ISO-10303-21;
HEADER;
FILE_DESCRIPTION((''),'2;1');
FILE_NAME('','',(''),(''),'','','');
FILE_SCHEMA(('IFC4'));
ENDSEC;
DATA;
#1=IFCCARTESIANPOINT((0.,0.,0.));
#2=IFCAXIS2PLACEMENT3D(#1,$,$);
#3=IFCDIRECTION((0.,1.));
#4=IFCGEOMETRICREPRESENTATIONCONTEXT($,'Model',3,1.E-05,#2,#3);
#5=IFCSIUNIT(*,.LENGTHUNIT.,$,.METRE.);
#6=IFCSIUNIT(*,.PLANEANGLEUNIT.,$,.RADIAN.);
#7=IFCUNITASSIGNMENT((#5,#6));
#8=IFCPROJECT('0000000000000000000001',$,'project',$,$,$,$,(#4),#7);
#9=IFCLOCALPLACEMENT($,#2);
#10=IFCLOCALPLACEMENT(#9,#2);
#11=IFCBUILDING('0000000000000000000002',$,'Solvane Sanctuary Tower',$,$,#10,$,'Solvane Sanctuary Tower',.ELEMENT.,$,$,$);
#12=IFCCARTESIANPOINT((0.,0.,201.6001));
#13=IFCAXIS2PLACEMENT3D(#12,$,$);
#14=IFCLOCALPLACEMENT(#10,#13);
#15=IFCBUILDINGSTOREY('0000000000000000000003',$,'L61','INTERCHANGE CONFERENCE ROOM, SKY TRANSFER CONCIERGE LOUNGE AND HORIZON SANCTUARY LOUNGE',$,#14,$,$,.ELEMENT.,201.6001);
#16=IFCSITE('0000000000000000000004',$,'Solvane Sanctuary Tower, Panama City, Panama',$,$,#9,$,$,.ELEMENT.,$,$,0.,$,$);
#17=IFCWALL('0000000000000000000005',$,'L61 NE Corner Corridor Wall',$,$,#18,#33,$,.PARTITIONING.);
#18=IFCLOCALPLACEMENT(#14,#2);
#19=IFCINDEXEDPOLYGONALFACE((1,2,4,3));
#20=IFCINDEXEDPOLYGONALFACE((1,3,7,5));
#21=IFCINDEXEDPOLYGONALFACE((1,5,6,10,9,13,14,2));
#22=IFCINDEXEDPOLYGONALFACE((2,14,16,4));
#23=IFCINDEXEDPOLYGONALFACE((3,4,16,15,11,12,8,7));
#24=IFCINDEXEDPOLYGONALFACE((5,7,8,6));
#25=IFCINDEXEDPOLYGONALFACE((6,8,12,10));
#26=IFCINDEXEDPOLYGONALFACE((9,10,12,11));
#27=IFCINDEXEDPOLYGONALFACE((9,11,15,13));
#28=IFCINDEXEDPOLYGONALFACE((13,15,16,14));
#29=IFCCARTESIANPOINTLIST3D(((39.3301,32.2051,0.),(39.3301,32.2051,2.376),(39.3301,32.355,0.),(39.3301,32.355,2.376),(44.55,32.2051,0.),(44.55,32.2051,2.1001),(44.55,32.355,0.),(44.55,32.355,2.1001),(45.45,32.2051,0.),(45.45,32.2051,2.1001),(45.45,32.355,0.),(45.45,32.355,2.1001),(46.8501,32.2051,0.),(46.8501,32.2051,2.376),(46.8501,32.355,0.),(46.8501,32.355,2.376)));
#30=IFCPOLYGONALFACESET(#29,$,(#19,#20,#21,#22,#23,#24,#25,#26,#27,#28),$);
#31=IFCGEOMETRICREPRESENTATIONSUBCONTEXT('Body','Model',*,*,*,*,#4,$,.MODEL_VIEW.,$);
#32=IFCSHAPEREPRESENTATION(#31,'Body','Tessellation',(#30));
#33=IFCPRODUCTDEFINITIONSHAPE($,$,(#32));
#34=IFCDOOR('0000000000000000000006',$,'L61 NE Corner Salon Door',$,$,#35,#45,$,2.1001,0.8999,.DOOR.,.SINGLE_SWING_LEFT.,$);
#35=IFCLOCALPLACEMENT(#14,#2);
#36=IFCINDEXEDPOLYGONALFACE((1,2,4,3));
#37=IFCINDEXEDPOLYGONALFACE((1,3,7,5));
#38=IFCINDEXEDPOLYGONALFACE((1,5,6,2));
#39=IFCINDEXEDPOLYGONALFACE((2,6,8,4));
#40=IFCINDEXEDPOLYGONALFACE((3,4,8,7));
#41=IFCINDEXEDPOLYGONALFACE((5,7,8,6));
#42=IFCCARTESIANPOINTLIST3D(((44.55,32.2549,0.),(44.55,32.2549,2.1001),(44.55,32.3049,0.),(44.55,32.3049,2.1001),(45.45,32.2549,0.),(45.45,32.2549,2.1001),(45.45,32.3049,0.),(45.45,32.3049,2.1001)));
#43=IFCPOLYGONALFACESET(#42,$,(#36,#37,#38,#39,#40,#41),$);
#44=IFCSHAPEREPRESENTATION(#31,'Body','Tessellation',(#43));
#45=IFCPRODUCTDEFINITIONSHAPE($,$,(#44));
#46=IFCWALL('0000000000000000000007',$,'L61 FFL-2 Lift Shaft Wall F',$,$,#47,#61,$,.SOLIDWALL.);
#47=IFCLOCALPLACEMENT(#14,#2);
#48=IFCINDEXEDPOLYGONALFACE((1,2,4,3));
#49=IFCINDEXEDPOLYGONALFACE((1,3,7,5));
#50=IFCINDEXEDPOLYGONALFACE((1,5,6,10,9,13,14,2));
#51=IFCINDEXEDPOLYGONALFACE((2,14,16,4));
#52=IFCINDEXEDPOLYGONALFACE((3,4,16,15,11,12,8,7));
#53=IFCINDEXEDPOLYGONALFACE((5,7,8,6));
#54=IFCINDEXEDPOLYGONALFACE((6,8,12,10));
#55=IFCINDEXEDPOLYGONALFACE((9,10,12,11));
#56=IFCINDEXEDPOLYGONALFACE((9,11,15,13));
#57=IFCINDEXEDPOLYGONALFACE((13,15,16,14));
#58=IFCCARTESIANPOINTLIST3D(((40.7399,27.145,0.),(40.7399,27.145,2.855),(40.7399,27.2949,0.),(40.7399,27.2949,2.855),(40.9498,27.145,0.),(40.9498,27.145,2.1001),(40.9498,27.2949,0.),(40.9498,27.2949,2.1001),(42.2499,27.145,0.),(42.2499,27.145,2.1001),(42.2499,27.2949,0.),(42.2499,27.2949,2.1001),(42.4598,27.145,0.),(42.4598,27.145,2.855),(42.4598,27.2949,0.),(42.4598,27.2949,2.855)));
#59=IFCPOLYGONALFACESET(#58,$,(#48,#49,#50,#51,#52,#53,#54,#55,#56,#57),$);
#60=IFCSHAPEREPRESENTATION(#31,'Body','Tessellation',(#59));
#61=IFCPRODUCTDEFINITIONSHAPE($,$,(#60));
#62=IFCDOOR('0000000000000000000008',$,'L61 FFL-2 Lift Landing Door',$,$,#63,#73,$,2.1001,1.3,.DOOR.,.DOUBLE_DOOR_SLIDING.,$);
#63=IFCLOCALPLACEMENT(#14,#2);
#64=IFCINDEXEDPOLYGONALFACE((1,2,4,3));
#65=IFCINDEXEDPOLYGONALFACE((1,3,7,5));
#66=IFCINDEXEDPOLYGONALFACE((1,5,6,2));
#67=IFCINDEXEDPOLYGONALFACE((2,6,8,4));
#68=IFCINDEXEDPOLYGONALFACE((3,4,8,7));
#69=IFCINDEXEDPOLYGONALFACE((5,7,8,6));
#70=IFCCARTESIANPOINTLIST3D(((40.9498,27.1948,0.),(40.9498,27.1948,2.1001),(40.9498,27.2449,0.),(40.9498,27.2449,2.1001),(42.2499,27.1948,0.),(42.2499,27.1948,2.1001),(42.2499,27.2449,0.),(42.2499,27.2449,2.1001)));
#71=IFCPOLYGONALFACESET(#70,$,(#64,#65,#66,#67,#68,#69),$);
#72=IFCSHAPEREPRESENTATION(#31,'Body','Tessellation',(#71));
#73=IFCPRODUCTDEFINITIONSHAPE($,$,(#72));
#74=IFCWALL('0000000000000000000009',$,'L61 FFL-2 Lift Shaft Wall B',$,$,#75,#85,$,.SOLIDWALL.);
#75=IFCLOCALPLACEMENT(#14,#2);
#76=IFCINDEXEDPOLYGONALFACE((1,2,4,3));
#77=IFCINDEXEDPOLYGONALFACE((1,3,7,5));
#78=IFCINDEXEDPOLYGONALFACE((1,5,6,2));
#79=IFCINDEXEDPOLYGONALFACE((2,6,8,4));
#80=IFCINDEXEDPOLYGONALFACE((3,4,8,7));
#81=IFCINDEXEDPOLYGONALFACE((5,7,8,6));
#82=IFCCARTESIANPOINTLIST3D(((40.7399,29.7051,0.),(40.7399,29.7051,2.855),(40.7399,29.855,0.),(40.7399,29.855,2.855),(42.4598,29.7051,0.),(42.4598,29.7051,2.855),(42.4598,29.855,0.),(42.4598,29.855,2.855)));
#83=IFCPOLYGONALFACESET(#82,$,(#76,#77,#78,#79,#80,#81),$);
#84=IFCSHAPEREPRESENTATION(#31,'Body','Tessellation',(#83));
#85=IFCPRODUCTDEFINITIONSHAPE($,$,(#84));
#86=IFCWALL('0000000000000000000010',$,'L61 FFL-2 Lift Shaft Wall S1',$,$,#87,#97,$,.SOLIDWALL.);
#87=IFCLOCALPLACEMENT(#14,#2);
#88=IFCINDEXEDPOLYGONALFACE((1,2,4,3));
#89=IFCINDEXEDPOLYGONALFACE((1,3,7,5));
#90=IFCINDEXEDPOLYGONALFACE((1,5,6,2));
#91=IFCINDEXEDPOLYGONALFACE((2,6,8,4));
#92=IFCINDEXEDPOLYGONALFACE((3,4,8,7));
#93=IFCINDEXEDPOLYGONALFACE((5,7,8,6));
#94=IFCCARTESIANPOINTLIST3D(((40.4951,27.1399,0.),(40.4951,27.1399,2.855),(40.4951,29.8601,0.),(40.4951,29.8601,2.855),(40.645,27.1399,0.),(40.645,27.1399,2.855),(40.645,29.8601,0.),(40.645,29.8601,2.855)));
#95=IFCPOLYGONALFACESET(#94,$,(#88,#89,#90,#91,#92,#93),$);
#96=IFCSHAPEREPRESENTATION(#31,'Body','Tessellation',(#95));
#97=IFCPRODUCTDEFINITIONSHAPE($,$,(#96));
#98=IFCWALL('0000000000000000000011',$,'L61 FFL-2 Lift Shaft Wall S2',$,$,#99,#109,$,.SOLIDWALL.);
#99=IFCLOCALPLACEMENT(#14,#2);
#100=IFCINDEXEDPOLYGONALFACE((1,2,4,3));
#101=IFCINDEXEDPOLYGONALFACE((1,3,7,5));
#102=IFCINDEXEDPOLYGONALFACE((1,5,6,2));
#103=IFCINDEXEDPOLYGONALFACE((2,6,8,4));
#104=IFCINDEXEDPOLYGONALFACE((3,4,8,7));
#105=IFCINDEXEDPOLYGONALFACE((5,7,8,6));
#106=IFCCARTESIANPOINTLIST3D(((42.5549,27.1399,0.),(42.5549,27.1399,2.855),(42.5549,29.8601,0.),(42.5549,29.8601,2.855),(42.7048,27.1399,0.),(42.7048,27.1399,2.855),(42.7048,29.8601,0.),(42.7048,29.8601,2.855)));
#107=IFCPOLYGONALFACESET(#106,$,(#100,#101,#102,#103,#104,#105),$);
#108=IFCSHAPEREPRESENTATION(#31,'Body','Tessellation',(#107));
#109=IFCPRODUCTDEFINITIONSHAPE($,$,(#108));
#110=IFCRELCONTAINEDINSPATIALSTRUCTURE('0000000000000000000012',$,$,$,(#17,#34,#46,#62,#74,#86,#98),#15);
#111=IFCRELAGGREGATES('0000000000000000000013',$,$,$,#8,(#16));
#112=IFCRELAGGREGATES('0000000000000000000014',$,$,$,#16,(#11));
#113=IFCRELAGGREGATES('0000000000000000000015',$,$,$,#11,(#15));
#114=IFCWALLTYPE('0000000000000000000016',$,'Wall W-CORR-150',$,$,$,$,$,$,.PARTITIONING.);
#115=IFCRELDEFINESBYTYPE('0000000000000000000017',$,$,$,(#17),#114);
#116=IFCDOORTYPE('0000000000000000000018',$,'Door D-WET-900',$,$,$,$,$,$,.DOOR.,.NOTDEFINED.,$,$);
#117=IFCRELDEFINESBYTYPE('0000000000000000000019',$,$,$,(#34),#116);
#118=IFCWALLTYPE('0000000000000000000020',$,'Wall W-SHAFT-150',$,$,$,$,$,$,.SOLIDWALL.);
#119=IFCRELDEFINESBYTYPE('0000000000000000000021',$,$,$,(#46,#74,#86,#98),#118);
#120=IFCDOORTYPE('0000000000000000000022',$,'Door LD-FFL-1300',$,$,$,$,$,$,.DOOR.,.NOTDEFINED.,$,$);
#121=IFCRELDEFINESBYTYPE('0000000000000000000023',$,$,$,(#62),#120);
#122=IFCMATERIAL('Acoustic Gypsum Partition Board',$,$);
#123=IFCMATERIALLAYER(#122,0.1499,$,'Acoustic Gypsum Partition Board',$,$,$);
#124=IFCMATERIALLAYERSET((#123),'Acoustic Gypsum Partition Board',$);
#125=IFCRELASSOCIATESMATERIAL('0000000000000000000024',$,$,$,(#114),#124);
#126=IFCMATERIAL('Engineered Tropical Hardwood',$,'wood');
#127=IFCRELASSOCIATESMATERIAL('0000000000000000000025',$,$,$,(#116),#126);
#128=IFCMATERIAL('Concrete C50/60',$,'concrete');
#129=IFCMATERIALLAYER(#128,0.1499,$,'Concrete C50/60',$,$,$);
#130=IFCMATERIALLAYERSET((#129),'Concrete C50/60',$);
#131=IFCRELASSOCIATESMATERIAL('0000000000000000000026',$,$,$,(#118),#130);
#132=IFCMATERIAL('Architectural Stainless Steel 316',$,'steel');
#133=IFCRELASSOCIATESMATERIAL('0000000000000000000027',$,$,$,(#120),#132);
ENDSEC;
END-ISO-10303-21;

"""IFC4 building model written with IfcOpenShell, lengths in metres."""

from ifc_helpers import new_model, si_unit, direction, frame, frame_2d, origin, place, context, subcontext, project, spatial, rectangle, extrude, material, layer, layer_set, type_object, element, fill, save


model = new_model("IFC4")

# Units and contexts
model_context = context("Model", 3, precision=1e-05, world=origin(), true_north=direction((0.0, 1.0)))
body_context = subcontext(model_context, "Body", "Model", "MODEL_VIEW")
ifc_project = project(units=[si_unit("LENGTHUNIT", "METRE"), si_unit("PLANEANGLEUNIT", "RADIAN")], contexts=[model_context])

# Site, building, storey
site_placement = place(None, origin())
site = spatial("IfcSite", under=ifc_project, at=site_placement, Name="Solvane Sanctuary Tower, Panama City, Panama", CompositionType="ELEMENT", RefElevation=0.0)
building_placement = place(site_placement, origin())
building = spatial("IfcBuilding", under=site, at=building_placement, Name="Solvane Sanctuary Tower", LongName="Solvane Sanctuary Tower", CompositionType="ELEMENT")
storey_placement = place(building_placement, frame((0.0, 0.0, 201.6001)))
storey = spatial("IfcBuildingStorey", under=building, at=storey_placement, Name="L61", Description="INTERCHANGE CONFERENCE ROOM, SKY TRANSFER CONCIERGE LOUNGE AND HORIZON SANCTUARY LOUNGE", CompositionType="ELEMENT", Elevation=201.6001)

# Shared definitions
ifc_material_1 = material(Name="Concrete C50/60", Category="concrete")

# Shared definitions
ifc_material_2 = material(Name="Acoustic Gypsum Partition Board")
ifc_layer_1 = layer(ifc_material_2, 0.1499, Name="Acoustic Gypsum Partition Board")
ifc_layer_set_1 = layer_set([ifc_layer_1], Name="Acoustic Gypsum Partition Board")
wall_type_1 = type_object("IfcWallType", Name="Wall W-CORR-150", PredefinedType="PARTITIONING", material=ifc_layer_set_1)

# Walls, openings, doors
ifc_material_3 = material(Name="Architectural Stainless Steel 316", Category="steel")
wall_1_placement = place(storey_placement, frame((39.3301, 32.28, 0.0), z_axis=(0.0, 0.0, 1.0), x_axis=(1.0, 0.0, 0.0)))
wall_1 = element("IfcWall", 1, at=wall_1_placement, inside=storey, type_object=wall_type_1, Name="L61 NE Corner Corridor Wall", PredefinedType="PARTITIONING", context=body_context, shape_type="SweptSolid", body=[
    extrude(rectangle(XDim=7.52, YDim=0.1499, at=frame_2d((3.76, 0.0))), origin(), (0.0, 0.0, 1.0), 2.376),
])
opening_1_placement = place(wall_1_placement, frame((5.22, 0.0, 0.0)))
opening_1 = element("IfcOpeningElement", 2, at=opening_1_placement, cuts=wall_1, PredefinedType="OPENING", context=body_context, shape_type="SweptSolid", body=[
    extrude(rectangle(XDim=0.8999, YDim=2.1001, at=frame_2d((0.45, 1.05))), frame((0.0, 0.085, 0.0), z_axis=(0.0, -1.0, 0.0), x_axis=(1.0, 0.0, 0.0)), (0.0, 0.0, 1.0), 0.1699),
])
ifc_material_4 = material(Name="Engineered Tropical Hardwood", Category="wood")
door_type_1 = type_object("IfcDoorType", Name="Door D-WET-900", OperationType="NOTDEFINED", PredefinedType="DOOR", material=ifc_material_4)
door_1_placement = place(opening_1_placement, origin())
door_1 = element("IfcDoor", 3, at=door_1_placement, inside=storey, type_object=door_type_1, Name="L61 NE Corner Salon Door", OperationType="SINGLE_SWING_LEFT", OverallHeight=2.1001, OverallWidth=0.8999, PredefinedType="DOOR", context=body_context, shape_type="SweptSolid", body=[
    extrude(rectangle(XDim=0.8999, YDim=2.1001, at=frame_2d((0.45, 1.05))), frame((0.0, 0.0249, 0.0), z_axis=(0.0, -1.0, 0.0), x_axis=(1.0, 0.0, 0.0)), (0.0, 0.0, 1.0), 0.05),
])
fill(opening_1, door_1)
ifc_layer_2 = layer(ifc_material_1, 0.1499, Name="Concrete C50/60")
ifc_layer_set_2 = layer_set([ifc_layer_2], Name="Concrete C50/60")
wall_type_2 = type_object("IfcWallType", Name="Wall W-SHAFT-150", PredefinedType="SOLIDWALL", material=ifc_layer_set_2)
wall_2_placement = place(storey_placement, frame((40.74, 27.22, 0.0), z_axis=(0.0, 0.0, 1.0), x_axis=(1.0, 0.0, 0.0)))
wall_2 = element("IfcWall", 4, at=wall_2_placement, inside=storey, type_object=wall_type_2, Name="L61 FFL-2 Lift Shaft Wall F", PredefinedType="SOLIDWALL", context=body_context, shape_type="SweptSolid", body=[
    extrude(rectangle(XDim=1.72, YDim=0.1499, at=frame_2d((0.8599, 0.0))), origin(), (0.0, 0.0, 1.0), 2.855),
])
opening_2_placement = place(wall_2_placement, frame((0.21, 0.0, 0.0)))
opening_2 = element("IfcOpeningElement", 5, at=opening_2_placement, cuts=wall_2, PredefinedType="OPENING", context=body_context, shape_type="SweptSolid", body=[
    extrude(rectangle(XDim=1.3, YDim=2.1001, at=frame_2d((0.6499, 1.05))), frame((0.0, 0.085, 0.0), z_axis=(0.0, -1.0, 0.0), x_axis=(1.0, 0.0, 0.0)), (0.0, 0.0, 1.0), 0.1699),
])
door_type_2 = type_object("IfcDoorType", Name="Door LD-FFL-1300", OperationType="NOTDEFINED", PredefinedType="DOOR", material=ifc_material_3)
door_2_placement = place(opening_2_placement, origin())
door_2 = element("IfcDoor", 6, at=door_2_placement, inside=storey, type_object=door_type_2, Name="L61 FFL-2 Lift Landing Door", OperationType="DOUBLE_DOOR_SLIDING", OverallHeight=2.1001, OverallWidth=1.3, PredefinedType="DOOR", context=body_context, shape_type="SweptSolid", body=[
    extrude(rectangle(XDim=1.3, YDim=2.1001, at=frame_2d((0.6499, 1.05))), frame((0.0, 0.0249, 0.0), z_axis=(0.0, -1.0, 0.0), x_axis=(1.0, 0.0, 0.0)), (0.0, 0.0, 1.0), 0.05),
])
fill(opening_2, door_2)

# Walls
wall_3_placement = place(storey_placement, frame((40.74, 29.78, 0.0), z_axis=(0.0, 0.0, 1.0), x_axis=(1.0, 0.0, 0.0)))
element("IfcWall", 7, at=wall_3_placement, inside=storey, type_object=wall_type_2, Name="L61 FFL-2 Lift Shaft Wall B", PredefinedType="SOLIDWALL", context=body_context, shape_type="SweptSolid", body=[
    extrude(rectangle(XDim=1.72, YDim=0.1499, at=frame_2d((0.8599, 0.0))), origin(), (0.0, 0.0, 1.0), 2.855),
])
for number, where, z_axis, x_axis, name in (
    (8, (40.5701, 27.1399, 0.0), (0.0, 0.0, 1.0), (0.0, 1.0, 0.0), "L61 FFL-2 Lift Shaft Wall S1"),
    (9, (42.6299, 27.1399, 0.0), (0.0, 0.0, 1.0), (0.0, 1.0, 0.0), "L61 FFL-2 Lift Shaft Wall S2"),
):
    element("IfcWall", number, at=place(storey_placement, frame(where, z_axis=z_axis, x_axis=x_axis)), inside=storey, type_object=wall_type_2, Name=name, PredefinedType="SOLIDWALL", context=body_context, shape_type="SweptSolid", body=[
        extrude(rectangle(XDim=2.7202, YDim=0.1499, at=frame_2d((1.3601, 0.0))), origin(), (0.0, 0.0, 1.0), 2.855),
    ])

save(model, "model.ifc")
